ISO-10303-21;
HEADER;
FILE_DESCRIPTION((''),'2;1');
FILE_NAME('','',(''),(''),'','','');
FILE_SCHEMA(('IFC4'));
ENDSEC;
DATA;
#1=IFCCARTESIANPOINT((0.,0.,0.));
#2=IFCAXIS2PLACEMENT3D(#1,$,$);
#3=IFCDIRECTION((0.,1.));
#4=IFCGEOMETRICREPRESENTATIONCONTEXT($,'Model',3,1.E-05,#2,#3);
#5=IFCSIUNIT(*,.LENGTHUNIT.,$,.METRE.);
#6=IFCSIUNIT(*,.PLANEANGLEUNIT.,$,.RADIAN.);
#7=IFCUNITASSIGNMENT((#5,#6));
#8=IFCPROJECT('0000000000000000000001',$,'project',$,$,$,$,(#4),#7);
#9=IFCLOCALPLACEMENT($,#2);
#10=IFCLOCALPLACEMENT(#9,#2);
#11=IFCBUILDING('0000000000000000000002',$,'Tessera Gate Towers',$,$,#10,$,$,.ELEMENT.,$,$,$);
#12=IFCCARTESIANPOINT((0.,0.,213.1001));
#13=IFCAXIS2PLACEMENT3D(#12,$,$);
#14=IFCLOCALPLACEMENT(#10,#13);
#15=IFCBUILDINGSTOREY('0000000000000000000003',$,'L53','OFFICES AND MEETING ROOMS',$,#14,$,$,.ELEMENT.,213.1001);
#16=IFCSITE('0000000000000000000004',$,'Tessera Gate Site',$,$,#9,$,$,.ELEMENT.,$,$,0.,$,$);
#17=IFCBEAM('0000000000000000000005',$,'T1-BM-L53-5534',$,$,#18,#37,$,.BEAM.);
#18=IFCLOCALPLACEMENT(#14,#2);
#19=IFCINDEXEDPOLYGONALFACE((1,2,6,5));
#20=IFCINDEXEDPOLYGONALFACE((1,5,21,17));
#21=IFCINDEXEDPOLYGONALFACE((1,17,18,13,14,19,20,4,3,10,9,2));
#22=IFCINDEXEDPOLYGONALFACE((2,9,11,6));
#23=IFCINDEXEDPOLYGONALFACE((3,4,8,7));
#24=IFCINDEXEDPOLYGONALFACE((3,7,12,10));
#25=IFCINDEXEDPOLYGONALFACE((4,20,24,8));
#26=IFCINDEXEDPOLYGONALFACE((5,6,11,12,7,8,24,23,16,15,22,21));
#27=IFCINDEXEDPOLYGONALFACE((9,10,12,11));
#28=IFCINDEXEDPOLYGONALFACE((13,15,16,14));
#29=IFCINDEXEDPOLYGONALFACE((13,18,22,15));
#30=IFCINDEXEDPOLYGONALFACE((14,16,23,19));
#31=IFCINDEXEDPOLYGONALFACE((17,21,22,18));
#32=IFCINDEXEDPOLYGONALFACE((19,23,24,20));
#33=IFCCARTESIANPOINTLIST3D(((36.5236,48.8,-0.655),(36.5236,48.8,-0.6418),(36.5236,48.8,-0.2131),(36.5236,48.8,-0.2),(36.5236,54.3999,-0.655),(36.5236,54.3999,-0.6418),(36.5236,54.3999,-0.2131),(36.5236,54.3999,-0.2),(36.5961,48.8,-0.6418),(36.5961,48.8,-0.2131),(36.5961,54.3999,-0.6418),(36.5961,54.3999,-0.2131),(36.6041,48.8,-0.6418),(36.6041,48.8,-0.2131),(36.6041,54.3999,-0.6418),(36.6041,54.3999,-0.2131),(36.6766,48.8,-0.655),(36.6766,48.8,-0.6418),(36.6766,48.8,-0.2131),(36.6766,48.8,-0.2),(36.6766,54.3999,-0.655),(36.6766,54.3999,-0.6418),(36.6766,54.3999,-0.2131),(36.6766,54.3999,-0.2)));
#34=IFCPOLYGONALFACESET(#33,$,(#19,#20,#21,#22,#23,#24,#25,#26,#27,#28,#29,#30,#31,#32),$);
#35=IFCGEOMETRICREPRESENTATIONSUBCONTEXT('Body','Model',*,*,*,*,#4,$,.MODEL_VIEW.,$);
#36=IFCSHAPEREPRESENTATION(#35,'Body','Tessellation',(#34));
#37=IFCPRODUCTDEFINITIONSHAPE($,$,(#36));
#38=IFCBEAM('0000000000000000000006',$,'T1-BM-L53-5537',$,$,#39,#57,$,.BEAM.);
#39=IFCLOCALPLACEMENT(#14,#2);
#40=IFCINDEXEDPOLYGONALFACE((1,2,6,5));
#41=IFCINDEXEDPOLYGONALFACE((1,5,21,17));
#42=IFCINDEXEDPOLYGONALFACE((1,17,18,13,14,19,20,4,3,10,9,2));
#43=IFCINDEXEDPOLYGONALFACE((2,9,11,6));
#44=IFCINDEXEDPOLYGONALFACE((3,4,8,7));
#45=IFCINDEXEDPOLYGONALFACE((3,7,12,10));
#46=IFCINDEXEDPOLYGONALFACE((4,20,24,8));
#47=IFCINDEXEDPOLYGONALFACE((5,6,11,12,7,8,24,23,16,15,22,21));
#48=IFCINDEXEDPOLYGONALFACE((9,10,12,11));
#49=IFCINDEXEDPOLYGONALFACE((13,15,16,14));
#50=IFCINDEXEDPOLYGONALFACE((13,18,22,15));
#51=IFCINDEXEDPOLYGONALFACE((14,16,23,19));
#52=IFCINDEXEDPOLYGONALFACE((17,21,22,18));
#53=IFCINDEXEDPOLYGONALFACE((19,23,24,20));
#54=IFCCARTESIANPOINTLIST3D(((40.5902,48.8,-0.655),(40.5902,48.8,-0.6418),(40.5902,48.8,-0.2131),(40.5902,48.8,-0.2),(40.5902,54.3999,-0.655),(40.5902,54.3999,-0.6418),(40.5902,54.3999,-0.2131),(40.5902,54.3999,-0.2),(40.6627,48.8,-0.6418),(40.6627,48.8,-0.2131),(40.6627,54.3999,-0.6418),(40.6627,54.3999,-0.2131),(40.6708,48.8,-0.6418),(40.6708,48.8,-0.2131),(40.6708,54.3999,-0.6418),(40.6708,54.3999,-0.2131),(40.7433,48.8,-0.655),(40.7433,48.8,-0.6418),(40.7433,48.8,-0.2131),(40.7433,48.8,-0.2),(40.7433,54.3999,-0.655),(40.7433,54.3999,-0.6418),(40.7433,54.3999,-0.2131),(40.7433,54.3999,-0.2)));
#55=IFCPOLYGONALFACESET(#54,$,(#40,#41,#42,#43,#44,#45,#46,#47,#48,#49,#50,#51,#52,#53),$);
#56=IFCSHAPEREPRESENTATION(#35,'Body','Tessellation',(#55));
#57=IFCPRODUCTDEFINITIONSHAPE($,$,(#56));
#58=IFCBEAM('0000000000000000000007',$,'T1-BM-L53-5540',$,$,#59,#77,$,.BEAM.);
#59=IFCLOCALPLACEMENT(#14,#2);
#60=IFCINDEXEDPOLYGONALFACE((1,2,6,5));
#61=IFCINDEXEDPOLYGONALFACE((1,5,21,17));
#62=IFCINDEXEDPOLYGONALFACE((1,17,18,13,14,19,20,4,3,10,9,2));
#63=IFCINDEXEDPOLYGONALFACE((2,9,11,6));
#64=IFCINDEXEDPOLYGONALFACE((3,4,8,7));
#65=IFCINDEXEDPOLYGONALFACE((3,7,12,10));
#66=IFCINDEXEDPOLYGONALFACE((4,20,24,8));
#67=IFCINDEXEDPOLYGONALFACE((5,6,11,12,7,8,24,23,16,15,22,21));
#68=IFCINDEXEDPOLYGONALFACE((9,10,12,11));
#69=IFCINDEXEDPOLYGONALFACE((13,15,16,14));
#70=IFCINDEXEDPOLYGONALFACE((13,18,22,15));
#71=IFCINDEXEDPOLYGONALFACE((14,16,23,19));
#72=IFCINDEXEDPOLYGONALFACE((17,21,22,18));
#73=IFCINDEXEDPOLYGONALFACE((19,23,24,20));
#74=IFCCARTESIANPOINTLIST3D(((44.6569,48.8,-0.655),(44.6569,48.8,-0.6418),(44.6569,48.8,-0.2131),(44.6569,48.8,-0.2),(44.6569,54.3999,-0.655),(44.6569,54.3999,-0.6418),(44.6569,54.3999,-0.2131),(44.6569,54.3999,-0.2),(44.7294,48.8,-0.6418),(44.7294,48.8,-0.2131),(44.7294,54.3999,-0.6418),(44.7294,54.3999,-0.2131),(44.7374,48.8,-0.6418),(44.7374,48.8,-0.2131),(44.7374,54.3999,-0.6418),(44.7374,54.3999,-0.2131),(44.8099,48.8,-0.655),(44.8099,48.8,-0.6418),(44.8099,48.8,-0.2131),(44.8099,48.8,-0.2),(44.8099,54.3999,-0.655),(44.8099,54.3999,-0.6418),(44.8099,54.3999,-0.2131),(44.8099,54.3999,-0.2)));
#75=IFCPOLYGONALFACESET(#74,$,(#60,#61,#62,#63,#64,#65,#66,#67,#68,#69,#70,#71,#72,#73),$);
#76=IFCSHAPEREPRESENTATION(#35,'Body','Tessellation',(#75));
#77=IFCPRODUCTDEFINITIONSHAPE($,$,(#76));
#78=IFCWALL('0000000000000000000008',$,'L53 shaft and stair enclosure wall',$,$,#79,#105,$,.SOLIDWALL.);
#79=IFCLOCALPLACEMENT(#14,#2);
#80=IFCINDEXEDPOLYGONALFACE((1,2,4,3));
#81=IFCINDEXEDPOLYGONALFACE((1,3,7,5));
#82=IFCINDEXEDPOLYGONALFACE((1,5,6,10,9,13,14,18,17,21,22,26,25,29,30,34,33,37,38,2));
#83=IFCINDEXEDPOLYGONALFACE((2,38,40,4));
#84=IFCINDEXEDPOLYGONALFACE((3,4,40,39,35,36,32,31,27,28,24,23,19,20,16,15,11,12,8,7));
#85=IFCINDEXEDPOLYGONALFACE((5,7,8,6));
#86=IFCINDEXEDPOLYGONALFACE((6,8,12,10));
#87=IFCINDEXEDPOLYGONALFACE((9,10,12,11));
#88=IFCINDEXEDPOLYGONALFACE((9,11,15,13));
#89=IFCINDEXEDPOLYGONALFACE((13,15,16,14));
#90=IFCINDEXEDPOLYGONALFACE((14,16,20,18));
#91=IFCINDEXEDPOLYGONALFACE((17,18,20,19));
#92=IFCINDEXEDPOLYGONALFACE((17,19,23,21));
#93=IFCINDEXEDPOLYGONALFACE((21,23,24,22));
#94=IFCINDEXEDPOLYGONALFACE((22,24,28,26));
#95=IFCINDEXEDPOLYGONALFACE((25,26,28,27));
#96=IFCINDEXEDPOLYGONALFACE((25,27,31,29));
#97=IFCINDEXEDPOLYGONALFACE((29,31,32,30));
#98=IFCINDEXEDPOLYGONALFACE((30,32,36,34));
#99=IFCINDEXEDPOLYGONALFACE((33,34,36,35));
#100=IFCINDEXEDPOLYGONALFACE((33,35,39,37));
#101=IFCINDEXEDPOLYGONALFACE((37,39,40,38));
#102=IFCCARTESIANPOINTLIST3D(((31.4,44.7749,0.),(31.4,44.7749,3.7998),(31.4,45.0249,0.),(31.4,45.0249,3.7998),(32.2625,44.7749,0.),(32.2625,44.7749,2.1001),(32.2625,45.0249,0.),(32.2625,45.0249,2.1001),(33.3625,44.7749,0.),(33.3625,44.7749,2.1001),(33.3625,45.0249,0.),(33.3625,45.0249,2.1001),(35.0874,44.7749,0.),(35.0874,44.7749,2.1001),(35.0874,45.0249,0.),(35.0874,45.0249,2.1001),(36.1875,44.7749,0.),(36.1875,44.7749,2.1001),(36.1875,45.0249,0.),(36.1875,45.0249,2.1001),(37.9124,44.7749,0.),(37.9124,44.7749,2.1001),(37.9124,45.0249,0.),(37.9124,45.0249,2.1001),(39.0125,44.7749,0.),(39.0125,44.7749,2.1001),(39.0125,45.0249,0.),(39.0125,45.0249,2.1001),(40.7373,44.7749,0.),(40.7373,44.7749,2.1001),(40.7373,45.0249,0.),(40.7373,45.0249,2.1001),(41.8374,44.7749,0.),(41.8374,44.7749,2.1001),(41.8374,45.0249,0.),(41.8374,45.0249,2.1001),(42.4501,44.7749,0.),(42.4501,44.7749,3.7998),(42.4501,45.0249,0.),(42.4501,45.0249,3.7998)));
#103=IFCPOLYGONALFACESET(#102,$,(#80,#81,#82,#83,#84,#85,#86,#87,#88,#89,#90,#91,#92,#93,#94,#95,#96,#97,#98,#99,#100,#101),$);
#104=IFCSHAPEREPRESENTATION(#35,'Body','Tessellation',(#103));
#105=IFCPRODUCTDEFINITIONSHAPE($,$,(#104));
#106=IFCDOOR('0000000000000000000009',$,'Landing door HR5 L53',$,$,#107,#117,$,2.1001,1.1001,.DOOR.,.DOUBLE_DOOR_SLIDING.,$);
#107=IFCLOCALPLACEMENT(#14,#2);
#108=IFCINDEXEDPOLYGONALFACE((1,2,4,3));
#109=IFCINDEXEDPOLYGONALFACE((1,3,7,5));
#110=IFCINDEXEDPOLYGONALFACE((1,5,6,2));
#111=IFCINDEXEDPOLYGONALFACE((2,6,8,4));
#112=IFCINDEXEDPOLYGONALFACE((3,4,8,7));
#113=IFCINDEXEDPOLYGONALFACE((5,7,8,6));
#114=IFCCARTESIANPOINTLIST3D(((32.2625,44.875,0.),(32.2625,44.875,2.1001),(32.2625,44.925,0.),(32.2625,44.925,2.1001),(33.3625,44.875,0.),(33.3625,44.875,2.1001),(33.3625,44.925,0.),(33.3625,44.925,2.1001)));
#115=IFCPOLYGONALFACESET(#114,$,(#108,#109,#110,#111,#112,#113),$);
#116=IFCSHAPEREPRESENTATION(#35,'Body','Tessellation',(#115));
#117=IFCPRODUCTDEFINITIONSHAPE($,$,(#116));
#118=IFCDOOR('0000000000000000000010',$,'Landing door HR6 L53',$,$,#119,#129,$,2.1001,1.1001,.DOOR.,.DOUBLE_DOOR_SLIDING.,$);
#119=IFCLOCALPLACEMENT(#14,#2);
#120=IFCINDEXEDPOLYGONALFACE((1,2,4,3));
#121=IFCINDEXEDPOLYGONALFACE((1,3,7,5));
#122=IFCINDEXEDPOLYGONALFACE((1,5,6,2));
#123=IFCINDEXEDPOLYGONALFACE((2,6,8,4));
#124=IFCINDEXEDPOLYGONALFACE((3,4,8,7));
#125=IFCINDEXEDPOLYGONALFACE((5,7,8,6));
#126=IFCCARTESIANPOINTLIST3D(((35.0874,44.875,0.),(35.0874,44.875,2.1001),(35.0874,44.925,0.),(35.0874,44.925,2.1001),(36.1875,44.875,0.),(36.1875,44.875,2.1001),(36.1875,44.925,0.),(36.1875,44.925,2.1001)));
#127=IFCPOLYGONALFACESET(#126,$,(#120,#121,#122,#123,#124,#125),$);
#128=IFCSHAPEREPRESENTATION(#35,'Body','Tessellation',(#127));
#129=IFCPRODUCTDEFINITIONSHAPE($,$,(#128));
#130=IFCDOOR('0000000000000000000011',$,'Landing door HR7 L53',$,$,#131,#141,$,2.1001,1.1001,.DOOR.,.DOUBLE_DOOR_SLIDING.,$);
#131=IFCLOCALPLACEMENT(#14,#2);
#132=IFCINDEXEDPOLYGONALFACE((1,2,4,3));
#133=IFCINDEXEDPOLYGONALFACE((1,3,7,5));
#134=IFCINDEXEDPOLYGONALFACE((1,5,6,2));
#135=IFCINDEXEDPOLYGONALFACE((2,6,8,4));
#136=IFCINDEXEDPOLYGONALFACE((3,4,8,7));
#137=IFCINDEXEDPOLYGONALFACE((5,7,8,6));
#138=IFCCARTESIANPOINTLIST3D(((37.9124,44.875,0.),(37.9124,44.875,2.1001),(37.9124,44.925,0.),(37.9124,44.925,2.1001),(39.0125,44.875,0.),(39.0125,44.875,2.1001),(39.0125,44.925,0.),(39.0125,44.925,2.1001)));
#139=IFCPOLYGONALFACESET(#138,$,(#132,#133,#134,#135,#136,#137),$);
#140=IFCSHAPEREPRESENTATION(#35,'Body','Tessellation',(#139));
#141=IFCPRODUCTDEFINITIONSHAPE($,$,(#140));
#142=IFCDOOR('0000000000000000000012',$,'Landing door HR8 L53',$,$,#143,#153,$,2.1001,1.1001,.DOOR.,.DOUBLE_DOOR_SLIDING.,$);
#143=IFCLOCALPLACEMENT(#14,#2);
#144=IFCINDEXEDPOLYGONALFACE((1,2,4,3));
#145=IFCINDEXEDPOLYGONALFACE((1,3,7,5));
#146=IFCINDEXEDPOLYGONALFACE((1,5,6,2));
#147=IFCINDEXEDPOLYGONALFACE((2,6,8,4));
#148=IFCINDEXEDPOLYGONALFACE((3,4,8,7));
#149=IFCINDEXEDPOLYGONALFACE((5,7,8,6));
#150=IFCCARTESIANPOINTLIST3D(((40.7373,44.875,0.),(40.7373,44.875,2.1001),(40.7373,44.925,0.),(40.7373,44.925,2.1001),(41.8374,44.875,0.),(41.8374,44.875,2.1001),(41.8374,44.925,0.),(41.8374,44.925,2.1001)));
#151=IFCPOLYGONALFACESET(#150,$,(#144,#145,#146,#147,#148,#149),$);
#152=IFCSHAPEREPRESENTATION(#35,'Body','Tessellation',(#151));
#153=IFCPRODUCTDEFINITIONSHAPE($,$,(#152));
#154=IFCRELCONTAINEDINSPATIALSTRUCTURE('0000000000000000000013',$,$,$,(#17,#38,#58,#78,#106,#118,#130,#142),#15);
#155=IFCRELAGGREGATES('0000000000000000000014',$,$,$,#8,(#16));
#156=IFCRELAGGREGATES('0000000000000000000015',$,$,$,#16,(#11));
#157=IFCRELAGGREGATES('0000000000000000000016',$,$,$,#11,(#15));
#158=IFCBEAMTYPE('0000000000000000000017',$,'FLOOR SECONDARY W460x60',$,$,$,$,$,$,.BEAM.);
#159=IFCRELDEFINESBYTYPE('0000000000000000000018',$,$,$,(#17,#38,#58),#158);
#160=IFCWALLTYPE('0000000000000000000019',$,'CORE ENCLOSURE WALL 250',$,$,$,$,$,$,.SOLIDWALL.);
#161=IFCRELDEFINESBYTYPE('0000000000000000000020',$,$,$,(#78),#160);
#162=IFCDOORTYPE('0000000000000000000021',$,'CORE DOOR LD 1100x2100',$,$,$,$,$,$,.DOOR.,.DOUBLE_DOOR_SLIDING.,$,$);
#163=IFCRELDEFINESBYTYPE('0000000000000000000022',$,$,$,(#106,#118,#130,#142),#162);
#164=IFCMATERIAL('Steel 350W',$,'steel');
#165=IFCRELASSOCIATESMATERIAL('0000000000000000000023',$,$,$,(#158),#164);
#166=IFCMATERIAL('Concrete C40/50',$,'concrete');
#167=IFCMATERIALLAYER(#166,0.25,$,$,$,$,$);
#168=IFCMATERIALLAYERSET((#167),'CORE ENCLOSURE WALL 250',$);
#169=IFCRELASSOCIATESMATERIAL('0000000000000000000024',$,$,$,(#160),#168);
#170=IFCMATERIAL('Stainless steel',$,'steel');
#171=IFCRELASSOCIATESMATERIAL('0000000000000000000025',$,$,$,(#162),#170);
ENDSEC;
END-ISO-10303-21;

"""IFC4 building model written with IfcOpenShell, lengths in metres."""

from ifc_helpers import new_model, si_unit, direction, frame, frame_2d, origin, origin_2d, place, context, subcontext, project, spatial, rectangle, i_section, extrude, source, transform, mapped, material, layer, layer_set, material_profile, profile_set, type_object, element, fill, save


model = new_model("IFC4")

# Units and contexts
model_context = context("Model", 3, precision=1e-05, world=origin(), true_north=direction((0.0, 1.0)))
body_context = subcontext(model_context, "Body", "Model", "MODEL_VIEW")
ifc_project = project(units=[si_unit("LENGTHUNIT", "METRE"), si_unit("PLANEANGLEUNIT", "RADIAN")], contexts=[model_context])

# Site, building, storey
site_placement = place(None, origin())
site = spatial("IfcSite", under=ifc_project, at=site_placement, Name="Tessera Gate Site", CompositionType="ELEMENT", RefElevation=0.0)
building_placement = place(site_placement, origin())
building = spatial("IfcBuilding", under=site, at=building_placement, Name="Tessera Gate Towers", CompositionType="ELEMENT")
storey_placement = place(building_placement, frame((0.0, 0.0, 213.1001)))
storey = spatial("IfcBuildingStorey", under=building, at=storey_placement, Name="L53", Description="OFFICES AND MEETING ROOMS", CompositionType="ELEMENT", Elevation=213.1001)

# Beams
ifc_material_1 = material(Name="Steel 350W", Category="steel")
ifc_material_profile = material_profile(ifc_material_1, i_section(OverallWidth=0.1531, OverallDepth=0.4551, WebThickness=0.0081, FlangeThickness=0.0132, at=origin_2d()), Name="W460x60")
ifc_profile_set = profile_set([ifc_material_profile], Name="Steel 350W")
beam_type = type_object("IfcBeamType", Name="FLOOR SECONDARY W460x60", PredefinedType="BEAM", material=ifc_profile_set)
for number, where, z_axis, x_axis, name in (
    (1, (36.6001, 48.8, -0.4275), (0.0, 1.0, 0.0), (-1.0, 0.0, 0.0), "T1-BM-L53-5534"),
    (2, (40.6667, 48.8, -0.4275), (0.0, 1.0, 0.0), (-1.0, 0.0, 0.0), "T1-BM-L53-5537"),
    (3, (44.7334, 48.8, -0.4275), (0.0, 1.0, 0.0), (-1.0, 0.0, 0.0), "T1-BM-L53-5540"),
):
    element("IfcBeam", number, at=place(storey_placement, frame(where, z_axis=z_axis, x_axis=x_axis)), inside=storey, type_object=beam_type, Name=name, PredefinedType="BEAM", context=body_context, shape_type="SweptSolid", body=[
        extrude(i_section(OverallWidth=0.1531, OverallDepth=0.4551, WebThickness=0.0081, FlangeThickness=0.0132, at=origin_2d()), origin(), (0.0, 0.0, 1.0), 5.5999),
    ])

# Wall, openings, doors
ifc_material_2 = material(Name="Concrete C40/50", Category="concrete")
ifc_layer_1 = layer(ifc_material_2, 0.25)
ifc_layer_set_1 = layer_set([ifc_layer_1], Name="CORE ENCLOSURE WALL 250")
wall_type_1 = type_object("IfcWallType", Name="CORE ENCLOSURE WALL 250", PredefinedType="SOLIDWALL", material=ifc_layer_set_1)
wall_1_placement = place(storey_placement, frame((42.45, 44.8999, 0.0), z_axis=(0.0, 0.0, 1.0), x_axis=(-1.0, 0.0, 0.0)))
wall_1 = element("IfcWall", 4, at=wall_1_placement, inside=storey, type_object=wall_type_1, Name="L53 shaft and stair enclosure wall", PredefinedType="SOLIDWALL", context=body_context, shape_type="SweptSolid", body=[
    extrude(rectangle(XDim=11.05, YDim=0.25, at=frame_2d((5.5249, 0.0))), origin(), (0.0, 0.0, 1.0), 3.7998),
])
shared_shape_1 = source(origin(), body_context, "Body", "SweptSolid", [
    extrude(rectangle(XDim=1.1001, YDim=2.1001, at=frame_2d((0.55, 1.05))), frame((0.0, 0.135, 0.0), z_axis=(0.0, -1.0, 0.0), x_axis=(1.0, 0.0, 0.0)), (0.0, 0.0, 1.0), 0.27),
])
opening_1_placement = place(wall_1_placement, frame((9.0874, 0.0, 0.0)))
opening_1 = element("IfcOpeningElement", 5, at=opening_1_placement, cuts=wall_1, PredefinedType="OPENING", context=body_context, shape_type="MappedRepresentation", body=[
    mapped(shared_shape_1, transform((0.0, 0.0, 0.0), scale=1.0)),
])
opening_2_placement = place(wall_1_placement, frame((6.2625, 0.0, 0.0)))
opening_2 = element("IfcOpeningElement", 6, at=opening_2_placement, cuts=wall_1, PredefinedType="OPENING", context=body_context, shape_type="MappedRepresentation", body=[
    mapped(shared_shape_1, transform((0.0, 0.0, 0.0), scale=1.0)),
])
opening_3_placement = place(wall_1_placement, frame((3.4375, 0.0, 0.0)))
opening_3 = element("IfcOpeningElement", 7, at=opening_3_placement, cuts=wall_1, PredefinedType="OPENING", context=body_context, shape_type="MappedRepresentation", body=[
    mapped(shared_shape_1, transform((0.0, 0.0, 0.0), scale=1.0)),
])
opening_4_placement = place(wall_1_placement, frame((0.6125, 0.0, 0.0)))
opening_4 = element("IfcOpeningElement", 8, at=opening_4_placement, cuts=wall_1, PredefinedType="OPENING", context=body_context, shape_type="MappedRepresentation", body=[
    mapped(shared_shape_1, transform((0.0, 0.0, 0.0), scale=1.0)),
])
ifc_material_3 = material(Name="Stainless steel", Category="steel")
door_type_1 = type_object("IfcDoorType", Name="CORE DOOR LD 1100x2100", OperationType="DOUBLE_DOOR_SLIDING", PredefinedType="DOOR", material=ifc_material_3)
shared_shape_2 = source(origin(), body_context, "Body", "SweptSolid", [
    extrude(rectangle(XDim=1.1001, YDim=2.1001, at=frame_2d((0.55, 1.05))), frame((0.0, 0.0249, 0.0), z_axis=(0.0, -1.0, 0.0), x_axis=(1.0, 0.0, 0.0)), (0.0, 0.0, 1.0), 0.05),
])
door_1_placement = place(opening_1_placement, origin())
door_1 = element("IfcDoor", 9, at=door_1_placement, inside=storey, type_object=door_type_1, Name="Landing door HR5 L53", OperationType="DOUBLE_DOOR_SLIDING", OverallHeight=2.1001, OverallWidth=1.1001, PredefinedType="DOOR", context=body_context, shape_type="MappedRepresentation", body=[
    mapped(shared_shape_2, transform((0.0, 0.0, 0.0), scale=1.0)),
])
fill(opening_1, door_1)
door_2_placement = place(opening_2_placement, origin())
door_2 = element("IfcDoor", 10, at=door_2_placement, inside=storey, type_object=door_type_1, Name="Landing door HR6 L53", OperationType="DOUBLE_DOOR_SLIDING", OverallHeight=2.1001, OverallWidth=1.1001, PredefinedType="DOOR", context=body_context, shape_type="MappedRepresentation", body=[
    mapped(shared_shape_2, transform((0.0, 0.0, 0.0), scale=1.0)),
])
fill(opening_2, door_2)
door_3_placement = place(opening_3_placement, origin())
door_3 = element("IfcDoor", 11, at=door_3_placement, inside=storey, type_object=door_type_1, Name="Landing door HR7 L53", OperationType="DOUBLE_DOOR_SLIDING", OverallHeight=2.1001, OverallWidth=1.1001, PredefinedType="DOOR", context=body_context, shape_type="MappedRepresentation", body=[
    mapped(shared_shape_2, transform((0.0, 0.0, 0.0), scale=1.0)),
])
fill(opening_3, door_3)
door_4_placement = place(opening_4_placement, origin())
door_4 = element("IfcDoor", 12, at=door_4_placement, inside=storey, type_object=door_type_1, Name="Landing door HR8 L53", OperationType="DOUBLE_DOOR_SLIDING", OverallHeight=2.1001, OverallWidth=1.1001, PredefinedType="DOOR", context=body_context, shape_type="MappedRepresentation", body=[
    mapped(shared_shape_2, transform((0.0, 0.0, 0.0), scale=1.0)),
])
fill(opening_4, door_4)

save(model, "model.ifc")
